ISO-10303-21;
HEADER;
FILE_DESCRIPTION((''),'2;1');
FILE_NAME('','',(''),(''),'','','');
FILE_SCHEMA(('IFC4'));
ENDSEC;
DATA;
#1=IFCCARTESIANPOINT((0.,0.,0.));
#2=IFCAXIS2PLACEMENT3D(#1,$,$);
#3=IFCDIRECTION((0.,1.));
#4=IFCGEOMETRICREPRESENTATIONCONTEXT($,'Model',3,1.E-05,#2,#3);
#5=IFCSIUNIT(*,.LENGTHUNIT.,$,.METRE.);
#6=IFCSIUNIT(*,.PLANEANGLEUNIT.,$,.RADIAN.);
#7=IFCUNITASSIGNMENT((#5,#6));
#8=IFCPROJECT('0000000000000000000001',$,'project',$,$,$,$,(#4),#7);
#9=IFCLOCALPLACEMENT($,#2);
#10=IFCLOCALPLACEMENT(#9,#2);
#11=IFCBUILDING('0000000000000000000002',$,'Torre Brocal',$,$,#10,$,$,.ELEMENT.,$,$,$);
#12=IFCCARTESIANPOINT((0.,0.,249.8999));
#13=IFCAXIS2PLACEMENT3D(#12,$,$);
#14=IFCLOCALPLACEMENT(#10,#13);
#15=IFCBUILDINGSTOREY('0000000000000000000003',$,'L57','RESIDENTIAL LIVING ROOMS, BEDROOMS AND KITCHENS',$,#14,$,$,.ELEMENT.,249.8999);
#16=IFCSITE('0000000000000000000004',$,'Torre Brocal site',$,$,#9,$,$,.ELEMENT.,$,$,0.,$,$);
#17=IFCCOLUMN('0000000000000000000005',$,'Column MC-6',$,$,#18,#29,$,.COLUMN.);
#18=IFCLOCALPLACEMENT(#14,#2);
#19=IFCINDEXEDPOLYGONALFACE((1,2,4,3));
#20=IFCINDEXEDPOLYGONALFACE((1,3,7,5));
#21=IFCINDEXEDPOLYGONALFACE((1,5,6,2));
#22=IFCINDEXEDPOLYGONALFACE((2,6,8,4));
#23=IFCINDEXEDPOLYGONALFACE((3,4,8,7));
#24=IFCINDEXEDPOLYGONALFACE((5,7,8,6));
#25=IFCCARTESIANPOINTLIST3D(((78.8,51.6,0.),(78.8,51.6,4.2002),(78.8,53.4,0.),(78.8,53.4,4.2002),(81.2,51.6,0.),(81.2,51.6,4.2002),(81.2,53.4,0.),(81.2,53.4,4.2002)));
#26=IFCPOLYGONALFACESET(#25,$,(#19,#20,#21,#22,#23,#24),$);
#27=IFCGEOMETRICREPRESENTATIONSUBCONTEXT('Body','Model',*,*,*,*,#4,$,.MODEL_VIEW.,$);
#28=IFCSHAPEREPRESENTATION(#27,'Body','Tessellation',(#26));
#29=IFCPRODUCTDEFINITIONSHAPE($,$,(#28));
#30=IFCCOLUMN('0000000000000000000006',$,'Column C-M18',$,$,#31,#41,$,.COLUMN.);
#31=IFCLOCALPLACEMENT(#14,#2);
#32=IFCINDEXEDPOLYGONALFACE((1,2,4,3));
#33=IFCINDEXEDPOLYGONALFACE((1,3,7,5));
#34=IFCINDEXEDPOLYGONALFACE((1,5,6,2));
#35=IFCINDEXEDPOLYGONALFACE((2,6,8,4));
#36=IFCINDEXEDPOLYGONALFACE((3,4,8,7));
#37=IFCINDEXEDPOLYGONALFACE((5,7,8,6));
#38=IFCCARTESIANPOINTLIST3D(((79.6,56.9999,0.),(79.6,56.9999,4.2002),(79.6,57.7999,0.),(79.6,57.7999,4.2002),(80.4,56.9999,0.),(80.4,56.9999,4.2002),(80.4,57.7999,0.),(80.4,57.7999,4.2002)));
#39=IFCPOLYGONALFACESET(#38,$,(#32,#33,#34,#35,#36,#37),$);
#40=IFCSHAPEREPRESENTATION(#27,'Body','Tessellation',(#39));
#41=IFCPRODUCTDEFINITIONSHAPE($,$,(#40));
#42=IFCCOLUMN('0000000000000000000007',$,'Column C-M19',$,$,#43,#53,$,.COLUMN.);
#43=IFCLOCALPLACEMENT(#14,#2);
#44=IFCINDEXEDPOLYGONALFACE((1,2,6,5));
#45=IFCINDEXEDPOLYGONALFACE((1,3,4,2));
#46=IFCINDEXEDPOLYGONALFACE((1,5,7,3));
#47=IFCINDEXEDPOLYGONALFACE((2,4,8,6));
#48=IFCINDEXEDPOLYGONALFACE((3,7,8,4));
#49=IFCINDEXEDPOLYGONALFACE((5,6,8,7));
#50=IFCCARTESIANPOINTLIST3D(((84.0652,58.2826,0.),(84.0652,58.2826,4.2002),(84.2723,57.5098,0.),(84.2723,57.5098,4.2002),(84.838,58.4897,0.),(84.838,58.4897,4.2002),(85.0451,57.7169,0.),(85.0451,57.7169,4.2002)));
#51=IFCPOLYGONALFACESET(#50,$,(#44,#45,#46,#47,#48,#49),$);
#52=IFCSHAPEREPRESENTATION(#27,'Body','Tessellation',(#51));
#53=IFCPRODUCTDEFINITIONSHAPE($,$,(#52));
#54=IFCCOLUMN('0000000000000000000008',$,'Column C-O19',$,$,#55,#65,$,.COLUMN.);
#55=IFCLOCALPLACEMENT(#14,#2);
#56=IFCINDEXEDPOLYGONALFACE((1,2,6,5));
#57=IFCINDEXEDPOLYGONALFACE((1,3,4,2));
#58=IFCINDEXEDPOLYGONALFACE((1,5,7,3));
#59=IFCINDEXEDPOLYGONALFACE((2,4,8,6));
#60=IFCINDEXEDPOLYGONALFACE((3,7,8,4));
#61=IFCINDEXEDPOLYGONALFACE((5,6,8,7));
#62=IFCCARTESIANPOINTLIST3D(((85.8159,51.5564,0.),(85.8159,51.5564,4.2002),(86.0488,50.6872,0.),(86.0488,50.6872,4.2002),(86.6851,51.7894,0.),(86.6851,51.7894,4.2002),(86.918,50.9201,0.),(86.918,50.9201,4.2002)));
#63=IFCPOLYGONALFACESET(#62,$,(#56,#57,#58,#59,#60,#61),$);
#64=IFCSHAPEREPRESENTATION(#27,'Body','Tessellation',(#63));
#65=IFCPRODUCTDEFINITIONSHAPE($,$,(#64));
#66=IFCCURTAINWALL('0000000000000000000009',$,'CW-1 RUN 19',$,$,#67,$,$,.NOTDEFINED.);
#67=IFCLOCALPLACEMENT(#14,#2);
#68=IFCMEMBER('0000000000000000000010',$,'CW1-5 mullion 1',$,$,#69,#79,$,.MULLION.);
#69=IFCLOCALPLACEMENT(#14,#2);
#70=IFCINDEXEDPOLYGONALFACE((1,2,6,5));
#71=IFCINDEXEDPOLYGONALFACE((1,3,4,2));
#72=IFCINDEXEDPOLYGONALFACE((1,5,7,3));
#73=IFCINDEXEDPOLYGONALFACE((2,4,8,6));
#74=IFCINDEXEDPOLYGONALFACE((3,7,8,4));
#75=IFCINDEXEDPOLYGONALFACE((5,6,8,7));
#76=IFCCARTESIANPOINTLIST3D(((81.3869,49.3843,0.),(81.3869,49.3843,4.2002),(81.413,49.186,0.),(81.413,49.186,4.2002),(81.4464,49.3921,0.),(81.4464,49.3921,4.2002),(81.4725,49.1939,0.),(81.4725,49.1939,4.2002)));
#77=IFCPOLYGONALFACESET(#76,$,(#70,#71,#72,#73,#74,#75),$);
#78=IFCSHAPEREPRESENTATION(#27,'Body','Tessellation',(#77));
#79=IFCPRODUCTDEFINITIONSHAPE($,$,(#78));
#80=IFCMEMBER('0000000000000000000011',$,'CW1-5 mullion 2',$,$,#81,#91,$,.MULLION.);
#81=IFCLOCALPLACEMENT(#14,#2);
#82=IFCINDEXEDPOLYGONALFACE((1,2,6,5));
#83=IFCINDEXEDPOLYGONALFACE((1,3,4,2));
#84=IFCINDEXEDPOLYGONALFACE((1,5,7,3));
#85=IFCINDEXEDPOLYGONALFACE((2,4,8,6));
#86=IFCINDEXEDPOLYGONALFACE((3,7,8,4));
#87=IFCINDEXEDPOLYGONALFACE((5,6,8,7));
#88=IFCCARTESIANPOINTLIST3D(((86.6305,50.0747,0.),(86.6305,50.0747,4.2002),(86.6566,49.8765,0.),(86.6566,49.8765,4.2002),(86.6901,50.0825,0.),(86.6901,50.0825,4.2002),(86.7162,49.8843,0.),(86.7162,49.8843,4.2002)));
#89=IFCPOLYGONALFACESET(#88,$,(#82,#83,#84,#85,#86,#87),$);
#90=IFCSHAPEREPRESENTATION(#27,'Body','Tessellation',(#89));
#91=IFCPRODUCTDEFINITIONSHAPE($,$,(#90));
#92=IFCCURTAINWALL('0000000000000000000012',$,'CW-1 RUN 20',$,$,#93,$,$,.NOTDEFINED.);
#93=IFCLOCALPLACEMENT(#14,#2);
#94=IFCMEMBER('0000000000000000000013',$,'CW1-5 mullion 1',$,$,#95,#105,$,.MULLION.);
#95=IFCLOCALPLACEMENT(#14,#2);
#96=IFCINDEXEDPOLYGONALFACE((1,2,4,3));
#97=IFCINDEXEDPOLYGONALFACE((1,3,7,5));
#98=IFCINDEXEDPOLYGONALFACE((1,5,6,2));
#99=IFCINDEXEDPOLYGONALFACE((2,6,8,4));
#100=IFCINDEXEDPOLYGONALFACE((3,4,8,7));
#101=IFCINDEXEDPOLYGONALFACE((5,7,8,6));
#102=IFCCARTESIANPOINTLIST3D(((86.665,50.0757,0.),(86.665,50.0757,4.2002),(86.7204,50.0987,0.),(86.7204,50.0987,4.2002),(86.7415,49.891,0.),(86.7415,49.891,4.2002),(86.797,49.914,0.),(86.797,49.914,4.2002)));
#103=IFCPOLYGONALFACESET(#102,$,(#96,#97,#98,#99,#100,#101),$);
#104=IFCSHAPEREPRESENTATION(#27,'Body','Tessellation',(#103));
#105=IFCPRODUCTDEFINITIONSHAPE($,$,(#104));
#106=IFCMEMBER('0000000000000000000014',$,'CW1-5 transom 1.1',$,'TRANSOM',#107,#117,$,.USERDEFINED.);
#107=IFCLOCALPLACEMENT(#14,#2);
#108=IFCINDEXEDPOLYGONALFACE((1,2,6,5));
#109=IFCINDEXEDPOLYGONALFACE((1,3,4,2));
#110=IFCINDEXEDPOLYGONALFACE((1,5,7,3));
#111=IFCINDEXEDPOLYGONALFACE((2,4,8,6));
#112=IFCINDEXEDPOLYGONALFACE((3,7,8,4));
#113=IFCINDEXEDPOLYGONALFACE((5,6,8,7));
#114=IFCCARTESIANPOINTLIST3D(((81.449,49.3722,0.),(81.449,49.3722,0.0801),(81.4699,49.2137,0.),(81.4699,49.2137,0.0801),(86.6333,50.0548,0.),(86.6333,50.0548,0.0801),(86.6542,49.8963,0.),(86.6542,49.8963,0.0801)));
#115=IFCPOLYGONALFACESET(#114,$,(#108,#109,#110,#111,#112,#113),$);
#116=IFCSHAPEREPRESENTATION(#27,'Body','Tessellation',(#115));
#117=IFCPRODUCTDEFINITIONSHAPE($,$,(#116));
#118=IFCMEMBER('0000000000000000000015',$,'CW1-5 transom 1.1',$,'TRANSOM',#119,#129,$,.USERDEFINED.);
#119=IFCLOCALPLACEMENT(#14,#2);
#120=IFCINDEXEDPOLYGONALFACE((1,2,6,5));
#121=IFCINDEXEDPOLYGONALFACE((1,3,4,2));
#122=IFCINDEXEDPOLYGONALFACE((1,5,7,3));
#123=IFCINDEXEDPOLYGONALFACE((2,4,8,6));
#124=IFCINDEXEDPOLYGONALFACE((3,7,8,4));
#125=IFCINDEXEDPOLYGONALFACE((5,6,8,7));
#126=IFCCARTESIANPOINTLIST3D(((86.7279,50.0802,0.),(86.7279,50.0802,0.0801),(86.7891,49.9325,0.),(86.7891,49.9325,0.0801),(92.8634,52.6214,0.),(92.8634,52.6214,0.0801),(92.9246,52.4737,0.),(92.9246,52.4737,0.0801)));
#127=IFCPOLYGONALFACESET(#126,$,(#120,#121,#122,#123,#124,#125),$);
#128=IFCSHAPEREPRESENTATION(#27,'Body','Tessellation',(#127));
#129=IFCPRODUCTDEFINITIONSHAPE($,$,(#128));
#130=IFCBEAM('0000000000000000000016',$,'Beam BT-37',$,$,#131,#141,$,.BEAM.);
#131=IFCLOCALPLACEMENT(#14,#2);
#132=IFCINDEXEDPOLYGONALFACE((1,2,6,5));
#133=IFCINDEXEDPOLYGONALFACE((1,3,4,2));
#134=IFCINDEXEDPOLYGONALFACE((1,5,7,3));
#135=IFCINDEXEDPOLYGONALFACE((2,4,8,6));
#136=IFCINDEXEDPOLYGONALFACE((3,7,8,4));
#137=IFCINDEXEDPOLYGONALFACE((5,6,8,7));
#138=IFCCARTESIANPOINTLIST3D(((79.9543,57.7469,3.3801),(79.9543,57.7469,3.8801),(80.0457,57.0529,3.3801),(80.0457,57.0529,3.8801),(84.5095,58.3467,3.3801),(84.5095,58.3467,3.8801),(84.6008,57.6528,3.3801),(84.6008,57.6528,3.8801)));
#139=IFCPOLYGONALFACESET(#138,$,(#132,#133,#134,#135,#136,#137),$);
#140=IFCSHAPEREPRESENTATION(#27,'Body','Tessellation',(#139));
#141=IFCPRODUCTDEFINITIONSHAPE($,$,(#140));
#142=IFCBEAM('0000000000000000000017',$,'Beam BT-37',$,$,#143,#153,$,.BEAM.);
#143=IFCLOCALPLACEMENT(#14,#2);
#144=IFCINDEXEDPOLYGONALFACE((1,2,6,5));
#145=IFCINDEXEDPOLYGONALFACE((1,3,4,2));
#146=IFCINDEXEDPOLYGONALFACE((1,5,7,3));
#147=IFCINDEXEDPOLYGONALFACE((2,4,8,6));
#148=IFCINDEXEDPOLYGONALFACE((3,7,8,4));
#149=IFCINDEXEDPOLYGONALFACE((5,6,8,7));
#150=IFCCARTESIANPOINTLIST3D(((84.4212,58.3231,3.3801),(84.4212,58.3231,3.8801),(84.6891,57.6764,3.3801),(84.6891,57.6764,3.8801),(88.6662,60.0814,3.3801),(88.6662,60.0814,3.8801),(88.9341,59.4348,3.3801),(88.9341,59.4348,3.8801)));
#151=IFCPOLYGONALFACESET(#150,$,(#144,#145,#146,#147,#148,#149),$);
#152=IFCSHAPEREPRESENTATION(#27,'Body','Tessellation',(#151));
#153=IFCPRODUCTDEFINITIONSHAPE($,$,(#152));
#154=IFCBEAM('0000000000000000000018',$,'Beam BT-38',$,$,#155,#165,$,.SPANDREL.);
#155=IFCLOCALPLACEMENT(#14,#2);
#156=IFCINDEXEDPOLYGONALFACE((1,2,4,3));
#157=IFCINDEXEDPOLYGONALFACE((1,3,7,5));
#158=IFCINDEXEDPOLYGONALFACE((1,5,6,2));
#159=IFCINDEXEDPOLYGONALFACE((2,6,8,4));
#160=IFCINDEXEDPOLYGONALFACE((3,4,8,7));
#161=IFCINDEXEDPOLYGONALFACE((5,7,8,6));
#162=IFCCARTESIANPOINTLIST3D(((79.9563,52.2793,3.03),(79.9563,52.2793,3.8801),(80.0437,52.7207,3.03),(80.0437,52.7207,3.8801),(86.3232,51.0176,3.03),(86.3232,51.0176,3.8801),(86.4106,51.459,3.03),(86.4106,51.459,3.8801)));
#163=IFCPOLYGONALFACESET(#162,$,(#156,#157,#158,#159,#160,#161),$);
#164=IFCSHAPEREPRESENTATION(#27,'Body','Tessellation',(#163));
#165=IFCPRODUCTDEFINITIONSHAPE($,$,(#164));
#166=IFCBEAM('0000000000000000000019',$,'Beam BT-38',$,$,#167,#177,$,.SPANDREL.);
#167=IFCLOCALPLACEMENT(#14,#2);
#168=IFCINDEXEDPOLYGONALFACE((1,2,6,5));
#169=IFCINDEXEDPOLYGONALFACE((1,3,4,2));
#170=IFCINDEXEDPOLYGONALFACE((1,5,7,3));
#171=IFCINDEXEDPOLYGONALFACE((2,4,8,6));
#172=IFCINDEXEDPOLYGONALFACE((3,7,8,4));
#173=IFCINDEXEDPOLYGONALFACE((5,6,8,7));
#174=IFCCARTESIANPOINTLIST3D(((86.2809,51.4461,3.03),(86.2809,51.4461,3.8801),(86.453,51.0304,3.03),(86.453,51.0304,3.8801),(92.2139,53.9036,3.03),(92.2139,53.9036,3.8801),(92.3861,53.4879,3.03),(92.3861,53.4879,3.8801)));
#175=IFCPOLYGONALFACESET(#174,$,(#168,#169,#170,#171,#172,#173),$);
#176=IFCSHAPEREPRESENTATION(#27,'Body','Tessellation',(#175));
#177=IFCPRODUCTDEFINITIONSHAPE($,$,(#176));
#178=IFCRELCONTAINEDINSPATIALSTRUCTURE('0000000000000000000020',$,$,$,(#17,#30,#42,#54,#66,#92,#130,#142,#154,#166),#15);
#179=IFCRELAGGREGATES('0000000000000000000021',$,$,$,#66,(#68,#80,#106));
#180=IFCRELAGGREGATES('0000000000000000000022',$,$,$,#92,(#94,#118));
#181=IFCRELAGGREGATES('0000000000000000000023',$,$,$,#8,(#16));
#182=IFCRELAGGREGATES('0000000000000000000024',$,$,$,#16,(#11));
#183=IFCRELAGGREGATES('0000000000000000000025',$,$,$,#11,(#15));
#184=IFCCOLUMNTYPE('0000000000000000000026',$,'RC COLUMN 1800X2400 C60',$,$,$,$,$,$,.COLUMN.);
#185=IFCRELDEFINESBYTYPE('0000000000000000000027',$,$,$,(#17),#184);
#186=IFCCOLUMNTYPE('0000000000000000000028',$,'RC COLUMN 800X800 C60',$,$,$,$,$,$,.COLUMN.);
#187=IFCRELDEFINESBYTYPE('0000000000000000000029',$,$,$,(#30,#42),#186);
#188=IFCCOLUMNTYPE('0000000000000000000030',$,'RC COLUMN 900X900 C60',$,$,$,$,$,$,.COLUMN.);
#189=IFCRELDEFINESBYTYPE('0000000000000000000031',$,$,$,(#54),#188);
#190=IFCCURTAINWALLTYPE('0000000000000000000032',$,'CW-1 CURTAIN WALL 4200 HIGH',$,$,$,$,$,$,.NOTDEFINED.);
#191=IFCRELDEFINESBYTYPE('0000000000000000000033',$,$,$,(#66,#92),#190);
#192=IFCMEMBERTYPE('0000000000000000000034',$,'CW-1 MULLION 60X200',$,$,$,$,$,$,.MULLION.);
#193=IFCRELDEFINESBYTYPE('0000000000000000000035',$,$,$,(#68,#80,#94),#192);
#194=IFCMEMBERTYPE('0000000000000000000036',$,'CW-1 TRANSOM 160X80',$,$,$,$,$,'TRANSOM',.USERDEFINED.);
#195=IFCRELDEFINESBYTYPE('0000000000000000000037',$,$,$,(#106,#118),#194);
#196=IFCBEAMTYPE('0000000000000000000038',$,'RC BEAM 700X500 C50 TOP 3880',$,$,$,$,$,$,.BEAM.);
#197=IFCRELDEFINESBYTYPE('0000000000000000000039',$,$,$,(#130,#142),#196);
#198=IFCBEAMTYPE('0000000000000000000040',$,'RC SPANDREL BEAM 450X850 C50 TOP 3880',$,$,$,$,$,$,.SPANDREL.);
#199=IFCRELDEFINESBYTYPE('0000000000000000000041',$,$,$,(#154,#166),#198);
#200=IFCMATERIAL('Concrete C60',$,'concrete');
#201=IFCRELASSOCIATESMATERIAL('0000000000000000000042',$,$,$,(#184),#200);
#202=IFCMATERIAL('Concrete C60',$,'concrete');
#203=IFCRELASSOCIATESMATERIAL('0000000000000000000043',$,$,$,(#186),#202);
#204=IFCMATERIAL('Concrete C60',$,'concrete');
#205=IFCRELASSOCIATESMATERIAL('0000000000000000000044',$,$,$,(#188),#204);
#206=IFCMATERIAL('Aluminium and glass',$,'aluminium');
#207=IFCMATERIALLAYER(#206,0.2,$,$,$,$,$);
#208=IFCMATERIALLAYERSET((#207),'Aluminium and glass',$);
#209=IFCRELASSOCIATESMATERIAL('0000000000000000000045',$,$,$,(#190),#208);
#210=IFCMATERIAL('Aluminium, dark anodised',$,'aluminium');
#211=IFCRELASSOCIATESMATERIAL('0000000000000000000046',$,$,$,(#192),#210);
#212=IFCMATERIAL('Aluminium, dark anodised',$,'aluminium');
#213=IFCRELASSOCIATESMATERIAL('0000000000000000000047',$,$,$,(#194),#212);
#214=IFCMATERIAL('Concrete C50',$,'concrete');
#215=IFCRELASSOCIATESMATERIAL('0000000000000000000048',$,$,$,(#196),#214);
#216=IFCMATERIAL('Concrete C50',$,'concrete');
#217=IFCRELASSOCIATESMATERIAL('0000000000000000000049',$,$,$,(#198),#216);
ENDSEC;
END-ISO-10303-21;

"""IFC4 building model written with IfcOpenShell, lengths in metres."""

from ifc_helpers import new_model, si_unit, direction, frame, origin, origin_2d, place, context, subcontext, project, spatial, rectangle, extrude, material, layer, layer_set, material_profile, profile_set, type_object, element, aggregate, save


model = new_model("IFC4")

# Units and contexts
model_context = context("Model", 3, precision=1e-05, world=origin(), true_north=direction((0.0, 1.0)))
body_context = subcontext(model_context, "Body", "Model", "MODEL_VIEW")
ifc_project = project(units=[si_unit("LENGTHUNIT", "METRE"), si_unit("PLANEANGLEUNIT", "RADIAN")], contexts=[model_context])

# Site, building, storey
site_placement = place(None, origin())
site = spatial("IfcSite", under=ifc_project, at=site_placement, Name="Torre Brocal site", CompositionType="ELEMENT", RefElevation=0.0)
building_placement = place(site_placement, origin())
building = spatial("IfcBuilding", under=site, at=building_placement, Name="Torre Brocal", CompositionType="ELEMENT")
storey_placement = place(building_placement, frame((0.0, 0.0, 249.8999)))
storey = spatial("IfcBuildingStorey", under=building, at=storey_placement, Name="L57", Description="RESIDENTIAL LIVING ROOMS, BEDROOMS AND KITCHENS", CompositionType="ELEMENT", Elevation=249.8999)

# Columns
ifc_material_1 = material(Name="Concrete C60", Category="concrete")
ifc_material_profile_1 = material_profile(ifc_material_1, rectangle(XDim=1.8, YDim=2.3999, at=origin_2d()), Name="RC 1800X2400")
ifc_profile_set_1 = profile_set([ifc_material_profile_1], Name="Concrete C60")
column_type_1 = type_object("IfcColumnType", Name="RC COLUMN 1800X2400 C60", PredefinedType="COLUMN", material=ifc_profile_set_1)
column_1_placement = place(storey_placement, frame((80.0, 52.5, 0.0), z_axis=(0.0, 0.0, 1.0), x_axis=(0.0, -1.0, 0.0)))
element("IfcColumn", 1, at=column_1_placement, inside=storey, type_object=column_type_1, Name="Column MC-6", PredefinedType="COLUMN", context=body_context, shape_type="SweptSolid", body=[
    extrude(rectangle(XDim=1.8, YDim=2.3999, at=origin_2d()), origin(), (0.0, 0.0, 1.0), 4.2002),
])
ifc_material_2 = material(Name="Concrete C60", Category="concrete")
ifc_material_profile_2 = material_profile(ifc_material_2, rectangle(XDim=0.8, YDim=0.8, at=origin_2d()), Name="RC 800X800")
ifc_profile_set_2 = profile_set([ifc_material_profile_2], Name="Concrete C60")
column_type_2 = type_object("IfcColumnType", Name="RC COLUMN 800X800 C60", PredefinedType="COLUMN", material=ifc_profile_set_2)
for number, where, z_axis, x_axis, name in (
    (2, (80.0, 57.3999, 0.0), (0.0, 0.0, 1.0), (0.0, -1.0, 0.0), "Column C-M18"),
    (3, (84.5552, 57.9998, 0.0), (0.0, 0.0, 1.0), (0.258819, -0.965926, 0.0), "Column C-M19"),
):
    element("IfcColumn", number, at=place(storey_placement, frame(where, z_axis=z_axis, x_axis=x_axis)), inside=storey, type_object=column_type_2, Name=name, PredefinedType="COLUMN", context=body_context, shape_type="SweptSolid", body=[
        extrude(rectangle(XDim=0.8, YDim=0.8, at=origin_2d()), origin(), (0.0, 0.0, 1.0), 4.2002),
    ])
ifc_material_3 = material(Name="Concrete C60", Category="concrete")
ifc_material_profile_3 = material_profile(ifc_material_3, rectangle(XDim=0.8999, YDim=0.8999, at=origin_2d()), Name="RC 900X900")
ifc_profile_set_3 = profile_set([ifc_material_profile_3], Name="Concrete C60")
column_type_3 = type_object("IfcColumnType", Name="RC COLUMN 900X900 C60", PredefinedType="COLUMN", material=ifc_profile_set_3)
column_2_placement = place(storey_placement, frame((86.3669, 51.2383, 0.0), z_axis=(0.0, 0.0, 1.0), x_axis=(0.258819, -0.965926, 0.0)))
element("IfcColumn", 4, at=column_2_placement, inside=storey, type_object=column_type_3, Name="Column C-O19", PredefinedType="COLUMN", context=body_context, shape_type="SweptSolid", body=[
    extrude(rectangle(XDim=0.8999, YDim=0.8999, at=origin_2d()), origin(), (0.0, 0.0, 1.0), 4.2002),
])

# Curtain wall, members
ifc_material_4 = material(Name="Aluminium and glass", Category="aluminium")
ifc_layer_1 = layer(ifc_material_4, 0.2)
ifc_layer_set_1 = layer_set([ifc_layer_1], Name="Aluminium and glass")
curtain_wall_type = type_object("IfcCurtainWallType", Name="CW-1 CURTAIN WALL 4200 HIGH", PredefinedType="NOTDEFINED", material=ifc_layer_set_1)
curtain_wall_1_placement = place(storey_placement, origin())
curtain_wall_1 = element("IfcCurtainWall", 5, at=curtain_wall_1_placement, inside=storey, type_object=curtain_wall_type, Name="CW-1 RUN 19", PredefinedType="NOTDEFINED")
ifc_material_5 = material(Name="Aluminium, dark anodised", Category="aluminium")
ifc_material_profile_4 = material_profile(ifc_material_5, rectangle(XDim=0.2, YDim=0.0601, at=origin_2d()), Name="CW-1 MULLION 60X200")
ifc_profile_set_4 = profile_set([ifc_material_profile_4], Name="Aluminium, dark anodised")
member_type_1 = type_object("IfcMemberType", Name="CW-1 MULLION 60X200", PredefinedType="MULLION", material=ifc_profile_set_4)
member_1_placement = place(storey_placement, frame((81.4297, 49.2891, 0.0), z_axis=(0.0, 0.0, 1.0), x_axis=(-0.130526, 0.991445, 0.0)))
member_1 = element("IfcMember", 6, at=member_1_placement, type_object=member_type_1, Name="CW1-5 mullion 1", PredefinedType="MULLION", context=body_context, shape_type="SweptSolid", body=[
    extrude(rectangle(XDim=0.2, YDim=0.0601, at=origin_2d()), origin(), (0.0, 0.0, 1.0), 4.2002),
])
member_2_placement = place(storey_placement, frame((86.6733, 49.9795, 0.0), z_axis=(0.0, 0.0, 1.0), x_axis=(-0.130526, 0.991445, 0.0)))
member_2 = element("IfcMember", 7, at=member_2_placement, type_object=member_type_1, Name="CW1-5 mullion 2", PredefinedType="MULLION", context=body_context, shape_type="SweptSolid", body=[
    extrude(rectangle(XDim=0.2, YDim=0.0601, at=origin_2d()), origin(), (0.0, 0.0, 1.0), 4.2002),
])

# Curtain wall, member
curtain_wall_2_placement = place(storey_placement, origin())
curtain_wall_2 = element("IfcCurtainWall", 8, at=curtain_wall_2_placement, inside=storey, type_object=curtain_wall_type, Name="CW-1 RUN 20", PredefinedType="NOTDEFINED")
member_3_placement = place(storey_placement, frame((86.731, 49.9949, 0.0), z_axis=(0.0, 0.0, 1.0), x_axis=(-0.382683, 0.92388, 0.0)))
member_3 = element("IfcMember", 9, at=member_3_placement, type_object=member_type_1, Name="CW1-5 mullion 1", PredefinedType="MULLION", context=body_context, shape_type="SweptSolid", body=[
    extrude(rectangle(XDim=0.2, YDim=0.0601, at=origin_2d()), origin(), (0.0, 0.0, 1.0), 4.2002),
])

# Members
ifc_material_6 = material(Name="Aluminium, dark anodised", Category="aluminium")
ifc_material_profile_5 = material_profile(ifc_material_6, rectangle(XDim=0.1599, YDim=0.0801, at=origin_2d()), Name="CW-1 TRANSOM 160X80")
ifc_profile_set_5 = profile_set([ifc_material_profile_5], Name="Aluminium, dark anodised")
member_type_2 = type_object("IfcMemberType", Name="CW-1 TRANSOM 160X80", ElementType="TRANSOM", PredefinedType="USERDEFINED", material=ifc_profile_set_5)
member_4_placement = place(storey_placement, frame((81.4595, 49.293, 0.04), z_axis=(0.991443, 0.130543, 0.0), x_axis=(-0.130543, 0.991443, 0.0)))
member_4 = element("IfcMember", 10, at=member_4_placement, type_object=member_type_2, Name="CW1-5 transom 1.1", ObjectType="TRANSOM", PredefinedType="USERDEFINED", context=body_context, shape_type="SweptSolid", body=[
    extrude(rectangle(XDim=0.1599, YDim=0.0801, at=origin_2d()), origin(), (0.0, 0.0, 1.0), 5.229),
])
member_5_placement = place(storey_placement, frame((86.7585, 50.0063, 0.04), z_axis=(0.923887, 0.382665, 0.0), x_axis=(-0.382665, 0.923887, 0.0)))
member_5 = element("IfcMember", 11, at=member_5_placement, type_object=member_type_2, Name="CW1-5 transom 1.1", ObjectType="TRANSOM", PredefinedType="USERDEFINED", context=body_context, shape_type="SweptSolid", body=[
    extrude(rectangle(XDim=0.1599, YDim=0.0801, at=origin_2d()), origin(), (0.0, 0.0, 1.0), 6.6409),
])

# Beams
ifc_material_7 = material(Name="Concrete C50", Category="concrete")
ifc_material_profile_6 = material_profile(ifc_material_7, rectangle(XDim=0.7, YDim=0.5, at=origin_2d()), Name="RC 700X500")
ifc_profile_set_6 = profile_set([ifc_material_profile_6], Name="Concrete C50")
beam_type_1 = type_object("IfcBeamType", Name="RC BEAM 700X500 C50 TOP 3880", PredefinedType="BEAM", material=ifc_profile_set_6)
beam_1_placement = place(storey_placement, frame((80.0, 57.3999, 3.6301), z_axis=(0.991441, 0.130559, 0.0), x_axis=(-0.130559, 0.991441, 0.0)))
element("IfcBeam", 12, at=beam_1_placement, inside=storey, type_object=beam_type_1, Name="Beam BT-37", PredefinedType="BEAM", context=body_context, shape_type="SweptSolid", body=[
    extrude(rectangle(XDim=0.7, YDim=0.5, at=origin_2d()), origin(), (0.0, 0.0, 1.0), 4.5945),
])
beam_2_placement = place(storey_placement, frame((84.5552, 57.9998, 3.6301), z_axis=(0.923878, 0.382687, 0.0), x_axis=(-0.382687, 0.923878, 0.0)))
element("IfcBeam", 13, at=beam_2_placement, inside=storey, type_object=beam_type_1, Name="Beam BT-37", PredefinedType="BEAM", context=body_context, shape_type="SweptSolid", body=[
    extrude(rectangle(XDim=0.7, YDim=0.5, at=origin_2d()), origin(), (0.0, 0.0, 1.0), 4.5947),
])
ifc_material_8 = material(Name="Concrete C50", Category="concrete")
ifc_material_profile_7 = material_profile(ifc_material_8, rectangle(XDim=0.45, YDim=0.8501, at=origin_2d()), Name="RC 450X850")
ifc_profile_set_7 = profile_set([ifc_material_profile_7], Name="Concrete C50")
beam_type_2 = type_object("IfcBeamType", Name="RC SPANDREL BEAM 450X850 C50 TOP 3880", PredefinedType="SPANDREL", material=ifc_profile_set_7)
beam_3_placement = place(storey_placement, frame((80.0, 52.5, 3.4551), z_axis=(0.980925, -0.194387, 0.0), x_axis=(0.194387, 0.980925, 0.0)))
element("IfcBeam", 14, at=beam_3_placement, inside=storey, type_object=beam_type_2, Name="Beam BT-38", PredefinedType="SPANDREL", context=body_context, shape_type="SweptSolid", body=[
    extrude(rectangle(XDim=0.45, YDim=0.8501, at=origin_2d()), origin(), (0.0, 0.0, 1.0), 6.4907),
])
beam_4_placement = place(storey_placement, frame((86.3669, 51.2383, 3.4551), z_axis=(0.923882, 0.382676, 0.0), x_axis=(-0.382676, 0.923882, 0.0)))
element("IfcBeam", 15, at=beam_4_placement, inside=storey, type_object=beam_type_2, Name="Beam BT-38", PredefinedType="SPANDREL", context=body_context, shape_type="SweptSolid", body=[
    extrude(rectangle(XDim=0.45, YDim=0.8501, at=origin_2d()), origin(), (0.0, 0.0, 1.0), 6.4219),
])

aggregate(curtain_wall_1, [member_1, member_2, member_4])
aggregate(curtain_wall_2, [member_3, member_5])

save(model, "model.ifc")
